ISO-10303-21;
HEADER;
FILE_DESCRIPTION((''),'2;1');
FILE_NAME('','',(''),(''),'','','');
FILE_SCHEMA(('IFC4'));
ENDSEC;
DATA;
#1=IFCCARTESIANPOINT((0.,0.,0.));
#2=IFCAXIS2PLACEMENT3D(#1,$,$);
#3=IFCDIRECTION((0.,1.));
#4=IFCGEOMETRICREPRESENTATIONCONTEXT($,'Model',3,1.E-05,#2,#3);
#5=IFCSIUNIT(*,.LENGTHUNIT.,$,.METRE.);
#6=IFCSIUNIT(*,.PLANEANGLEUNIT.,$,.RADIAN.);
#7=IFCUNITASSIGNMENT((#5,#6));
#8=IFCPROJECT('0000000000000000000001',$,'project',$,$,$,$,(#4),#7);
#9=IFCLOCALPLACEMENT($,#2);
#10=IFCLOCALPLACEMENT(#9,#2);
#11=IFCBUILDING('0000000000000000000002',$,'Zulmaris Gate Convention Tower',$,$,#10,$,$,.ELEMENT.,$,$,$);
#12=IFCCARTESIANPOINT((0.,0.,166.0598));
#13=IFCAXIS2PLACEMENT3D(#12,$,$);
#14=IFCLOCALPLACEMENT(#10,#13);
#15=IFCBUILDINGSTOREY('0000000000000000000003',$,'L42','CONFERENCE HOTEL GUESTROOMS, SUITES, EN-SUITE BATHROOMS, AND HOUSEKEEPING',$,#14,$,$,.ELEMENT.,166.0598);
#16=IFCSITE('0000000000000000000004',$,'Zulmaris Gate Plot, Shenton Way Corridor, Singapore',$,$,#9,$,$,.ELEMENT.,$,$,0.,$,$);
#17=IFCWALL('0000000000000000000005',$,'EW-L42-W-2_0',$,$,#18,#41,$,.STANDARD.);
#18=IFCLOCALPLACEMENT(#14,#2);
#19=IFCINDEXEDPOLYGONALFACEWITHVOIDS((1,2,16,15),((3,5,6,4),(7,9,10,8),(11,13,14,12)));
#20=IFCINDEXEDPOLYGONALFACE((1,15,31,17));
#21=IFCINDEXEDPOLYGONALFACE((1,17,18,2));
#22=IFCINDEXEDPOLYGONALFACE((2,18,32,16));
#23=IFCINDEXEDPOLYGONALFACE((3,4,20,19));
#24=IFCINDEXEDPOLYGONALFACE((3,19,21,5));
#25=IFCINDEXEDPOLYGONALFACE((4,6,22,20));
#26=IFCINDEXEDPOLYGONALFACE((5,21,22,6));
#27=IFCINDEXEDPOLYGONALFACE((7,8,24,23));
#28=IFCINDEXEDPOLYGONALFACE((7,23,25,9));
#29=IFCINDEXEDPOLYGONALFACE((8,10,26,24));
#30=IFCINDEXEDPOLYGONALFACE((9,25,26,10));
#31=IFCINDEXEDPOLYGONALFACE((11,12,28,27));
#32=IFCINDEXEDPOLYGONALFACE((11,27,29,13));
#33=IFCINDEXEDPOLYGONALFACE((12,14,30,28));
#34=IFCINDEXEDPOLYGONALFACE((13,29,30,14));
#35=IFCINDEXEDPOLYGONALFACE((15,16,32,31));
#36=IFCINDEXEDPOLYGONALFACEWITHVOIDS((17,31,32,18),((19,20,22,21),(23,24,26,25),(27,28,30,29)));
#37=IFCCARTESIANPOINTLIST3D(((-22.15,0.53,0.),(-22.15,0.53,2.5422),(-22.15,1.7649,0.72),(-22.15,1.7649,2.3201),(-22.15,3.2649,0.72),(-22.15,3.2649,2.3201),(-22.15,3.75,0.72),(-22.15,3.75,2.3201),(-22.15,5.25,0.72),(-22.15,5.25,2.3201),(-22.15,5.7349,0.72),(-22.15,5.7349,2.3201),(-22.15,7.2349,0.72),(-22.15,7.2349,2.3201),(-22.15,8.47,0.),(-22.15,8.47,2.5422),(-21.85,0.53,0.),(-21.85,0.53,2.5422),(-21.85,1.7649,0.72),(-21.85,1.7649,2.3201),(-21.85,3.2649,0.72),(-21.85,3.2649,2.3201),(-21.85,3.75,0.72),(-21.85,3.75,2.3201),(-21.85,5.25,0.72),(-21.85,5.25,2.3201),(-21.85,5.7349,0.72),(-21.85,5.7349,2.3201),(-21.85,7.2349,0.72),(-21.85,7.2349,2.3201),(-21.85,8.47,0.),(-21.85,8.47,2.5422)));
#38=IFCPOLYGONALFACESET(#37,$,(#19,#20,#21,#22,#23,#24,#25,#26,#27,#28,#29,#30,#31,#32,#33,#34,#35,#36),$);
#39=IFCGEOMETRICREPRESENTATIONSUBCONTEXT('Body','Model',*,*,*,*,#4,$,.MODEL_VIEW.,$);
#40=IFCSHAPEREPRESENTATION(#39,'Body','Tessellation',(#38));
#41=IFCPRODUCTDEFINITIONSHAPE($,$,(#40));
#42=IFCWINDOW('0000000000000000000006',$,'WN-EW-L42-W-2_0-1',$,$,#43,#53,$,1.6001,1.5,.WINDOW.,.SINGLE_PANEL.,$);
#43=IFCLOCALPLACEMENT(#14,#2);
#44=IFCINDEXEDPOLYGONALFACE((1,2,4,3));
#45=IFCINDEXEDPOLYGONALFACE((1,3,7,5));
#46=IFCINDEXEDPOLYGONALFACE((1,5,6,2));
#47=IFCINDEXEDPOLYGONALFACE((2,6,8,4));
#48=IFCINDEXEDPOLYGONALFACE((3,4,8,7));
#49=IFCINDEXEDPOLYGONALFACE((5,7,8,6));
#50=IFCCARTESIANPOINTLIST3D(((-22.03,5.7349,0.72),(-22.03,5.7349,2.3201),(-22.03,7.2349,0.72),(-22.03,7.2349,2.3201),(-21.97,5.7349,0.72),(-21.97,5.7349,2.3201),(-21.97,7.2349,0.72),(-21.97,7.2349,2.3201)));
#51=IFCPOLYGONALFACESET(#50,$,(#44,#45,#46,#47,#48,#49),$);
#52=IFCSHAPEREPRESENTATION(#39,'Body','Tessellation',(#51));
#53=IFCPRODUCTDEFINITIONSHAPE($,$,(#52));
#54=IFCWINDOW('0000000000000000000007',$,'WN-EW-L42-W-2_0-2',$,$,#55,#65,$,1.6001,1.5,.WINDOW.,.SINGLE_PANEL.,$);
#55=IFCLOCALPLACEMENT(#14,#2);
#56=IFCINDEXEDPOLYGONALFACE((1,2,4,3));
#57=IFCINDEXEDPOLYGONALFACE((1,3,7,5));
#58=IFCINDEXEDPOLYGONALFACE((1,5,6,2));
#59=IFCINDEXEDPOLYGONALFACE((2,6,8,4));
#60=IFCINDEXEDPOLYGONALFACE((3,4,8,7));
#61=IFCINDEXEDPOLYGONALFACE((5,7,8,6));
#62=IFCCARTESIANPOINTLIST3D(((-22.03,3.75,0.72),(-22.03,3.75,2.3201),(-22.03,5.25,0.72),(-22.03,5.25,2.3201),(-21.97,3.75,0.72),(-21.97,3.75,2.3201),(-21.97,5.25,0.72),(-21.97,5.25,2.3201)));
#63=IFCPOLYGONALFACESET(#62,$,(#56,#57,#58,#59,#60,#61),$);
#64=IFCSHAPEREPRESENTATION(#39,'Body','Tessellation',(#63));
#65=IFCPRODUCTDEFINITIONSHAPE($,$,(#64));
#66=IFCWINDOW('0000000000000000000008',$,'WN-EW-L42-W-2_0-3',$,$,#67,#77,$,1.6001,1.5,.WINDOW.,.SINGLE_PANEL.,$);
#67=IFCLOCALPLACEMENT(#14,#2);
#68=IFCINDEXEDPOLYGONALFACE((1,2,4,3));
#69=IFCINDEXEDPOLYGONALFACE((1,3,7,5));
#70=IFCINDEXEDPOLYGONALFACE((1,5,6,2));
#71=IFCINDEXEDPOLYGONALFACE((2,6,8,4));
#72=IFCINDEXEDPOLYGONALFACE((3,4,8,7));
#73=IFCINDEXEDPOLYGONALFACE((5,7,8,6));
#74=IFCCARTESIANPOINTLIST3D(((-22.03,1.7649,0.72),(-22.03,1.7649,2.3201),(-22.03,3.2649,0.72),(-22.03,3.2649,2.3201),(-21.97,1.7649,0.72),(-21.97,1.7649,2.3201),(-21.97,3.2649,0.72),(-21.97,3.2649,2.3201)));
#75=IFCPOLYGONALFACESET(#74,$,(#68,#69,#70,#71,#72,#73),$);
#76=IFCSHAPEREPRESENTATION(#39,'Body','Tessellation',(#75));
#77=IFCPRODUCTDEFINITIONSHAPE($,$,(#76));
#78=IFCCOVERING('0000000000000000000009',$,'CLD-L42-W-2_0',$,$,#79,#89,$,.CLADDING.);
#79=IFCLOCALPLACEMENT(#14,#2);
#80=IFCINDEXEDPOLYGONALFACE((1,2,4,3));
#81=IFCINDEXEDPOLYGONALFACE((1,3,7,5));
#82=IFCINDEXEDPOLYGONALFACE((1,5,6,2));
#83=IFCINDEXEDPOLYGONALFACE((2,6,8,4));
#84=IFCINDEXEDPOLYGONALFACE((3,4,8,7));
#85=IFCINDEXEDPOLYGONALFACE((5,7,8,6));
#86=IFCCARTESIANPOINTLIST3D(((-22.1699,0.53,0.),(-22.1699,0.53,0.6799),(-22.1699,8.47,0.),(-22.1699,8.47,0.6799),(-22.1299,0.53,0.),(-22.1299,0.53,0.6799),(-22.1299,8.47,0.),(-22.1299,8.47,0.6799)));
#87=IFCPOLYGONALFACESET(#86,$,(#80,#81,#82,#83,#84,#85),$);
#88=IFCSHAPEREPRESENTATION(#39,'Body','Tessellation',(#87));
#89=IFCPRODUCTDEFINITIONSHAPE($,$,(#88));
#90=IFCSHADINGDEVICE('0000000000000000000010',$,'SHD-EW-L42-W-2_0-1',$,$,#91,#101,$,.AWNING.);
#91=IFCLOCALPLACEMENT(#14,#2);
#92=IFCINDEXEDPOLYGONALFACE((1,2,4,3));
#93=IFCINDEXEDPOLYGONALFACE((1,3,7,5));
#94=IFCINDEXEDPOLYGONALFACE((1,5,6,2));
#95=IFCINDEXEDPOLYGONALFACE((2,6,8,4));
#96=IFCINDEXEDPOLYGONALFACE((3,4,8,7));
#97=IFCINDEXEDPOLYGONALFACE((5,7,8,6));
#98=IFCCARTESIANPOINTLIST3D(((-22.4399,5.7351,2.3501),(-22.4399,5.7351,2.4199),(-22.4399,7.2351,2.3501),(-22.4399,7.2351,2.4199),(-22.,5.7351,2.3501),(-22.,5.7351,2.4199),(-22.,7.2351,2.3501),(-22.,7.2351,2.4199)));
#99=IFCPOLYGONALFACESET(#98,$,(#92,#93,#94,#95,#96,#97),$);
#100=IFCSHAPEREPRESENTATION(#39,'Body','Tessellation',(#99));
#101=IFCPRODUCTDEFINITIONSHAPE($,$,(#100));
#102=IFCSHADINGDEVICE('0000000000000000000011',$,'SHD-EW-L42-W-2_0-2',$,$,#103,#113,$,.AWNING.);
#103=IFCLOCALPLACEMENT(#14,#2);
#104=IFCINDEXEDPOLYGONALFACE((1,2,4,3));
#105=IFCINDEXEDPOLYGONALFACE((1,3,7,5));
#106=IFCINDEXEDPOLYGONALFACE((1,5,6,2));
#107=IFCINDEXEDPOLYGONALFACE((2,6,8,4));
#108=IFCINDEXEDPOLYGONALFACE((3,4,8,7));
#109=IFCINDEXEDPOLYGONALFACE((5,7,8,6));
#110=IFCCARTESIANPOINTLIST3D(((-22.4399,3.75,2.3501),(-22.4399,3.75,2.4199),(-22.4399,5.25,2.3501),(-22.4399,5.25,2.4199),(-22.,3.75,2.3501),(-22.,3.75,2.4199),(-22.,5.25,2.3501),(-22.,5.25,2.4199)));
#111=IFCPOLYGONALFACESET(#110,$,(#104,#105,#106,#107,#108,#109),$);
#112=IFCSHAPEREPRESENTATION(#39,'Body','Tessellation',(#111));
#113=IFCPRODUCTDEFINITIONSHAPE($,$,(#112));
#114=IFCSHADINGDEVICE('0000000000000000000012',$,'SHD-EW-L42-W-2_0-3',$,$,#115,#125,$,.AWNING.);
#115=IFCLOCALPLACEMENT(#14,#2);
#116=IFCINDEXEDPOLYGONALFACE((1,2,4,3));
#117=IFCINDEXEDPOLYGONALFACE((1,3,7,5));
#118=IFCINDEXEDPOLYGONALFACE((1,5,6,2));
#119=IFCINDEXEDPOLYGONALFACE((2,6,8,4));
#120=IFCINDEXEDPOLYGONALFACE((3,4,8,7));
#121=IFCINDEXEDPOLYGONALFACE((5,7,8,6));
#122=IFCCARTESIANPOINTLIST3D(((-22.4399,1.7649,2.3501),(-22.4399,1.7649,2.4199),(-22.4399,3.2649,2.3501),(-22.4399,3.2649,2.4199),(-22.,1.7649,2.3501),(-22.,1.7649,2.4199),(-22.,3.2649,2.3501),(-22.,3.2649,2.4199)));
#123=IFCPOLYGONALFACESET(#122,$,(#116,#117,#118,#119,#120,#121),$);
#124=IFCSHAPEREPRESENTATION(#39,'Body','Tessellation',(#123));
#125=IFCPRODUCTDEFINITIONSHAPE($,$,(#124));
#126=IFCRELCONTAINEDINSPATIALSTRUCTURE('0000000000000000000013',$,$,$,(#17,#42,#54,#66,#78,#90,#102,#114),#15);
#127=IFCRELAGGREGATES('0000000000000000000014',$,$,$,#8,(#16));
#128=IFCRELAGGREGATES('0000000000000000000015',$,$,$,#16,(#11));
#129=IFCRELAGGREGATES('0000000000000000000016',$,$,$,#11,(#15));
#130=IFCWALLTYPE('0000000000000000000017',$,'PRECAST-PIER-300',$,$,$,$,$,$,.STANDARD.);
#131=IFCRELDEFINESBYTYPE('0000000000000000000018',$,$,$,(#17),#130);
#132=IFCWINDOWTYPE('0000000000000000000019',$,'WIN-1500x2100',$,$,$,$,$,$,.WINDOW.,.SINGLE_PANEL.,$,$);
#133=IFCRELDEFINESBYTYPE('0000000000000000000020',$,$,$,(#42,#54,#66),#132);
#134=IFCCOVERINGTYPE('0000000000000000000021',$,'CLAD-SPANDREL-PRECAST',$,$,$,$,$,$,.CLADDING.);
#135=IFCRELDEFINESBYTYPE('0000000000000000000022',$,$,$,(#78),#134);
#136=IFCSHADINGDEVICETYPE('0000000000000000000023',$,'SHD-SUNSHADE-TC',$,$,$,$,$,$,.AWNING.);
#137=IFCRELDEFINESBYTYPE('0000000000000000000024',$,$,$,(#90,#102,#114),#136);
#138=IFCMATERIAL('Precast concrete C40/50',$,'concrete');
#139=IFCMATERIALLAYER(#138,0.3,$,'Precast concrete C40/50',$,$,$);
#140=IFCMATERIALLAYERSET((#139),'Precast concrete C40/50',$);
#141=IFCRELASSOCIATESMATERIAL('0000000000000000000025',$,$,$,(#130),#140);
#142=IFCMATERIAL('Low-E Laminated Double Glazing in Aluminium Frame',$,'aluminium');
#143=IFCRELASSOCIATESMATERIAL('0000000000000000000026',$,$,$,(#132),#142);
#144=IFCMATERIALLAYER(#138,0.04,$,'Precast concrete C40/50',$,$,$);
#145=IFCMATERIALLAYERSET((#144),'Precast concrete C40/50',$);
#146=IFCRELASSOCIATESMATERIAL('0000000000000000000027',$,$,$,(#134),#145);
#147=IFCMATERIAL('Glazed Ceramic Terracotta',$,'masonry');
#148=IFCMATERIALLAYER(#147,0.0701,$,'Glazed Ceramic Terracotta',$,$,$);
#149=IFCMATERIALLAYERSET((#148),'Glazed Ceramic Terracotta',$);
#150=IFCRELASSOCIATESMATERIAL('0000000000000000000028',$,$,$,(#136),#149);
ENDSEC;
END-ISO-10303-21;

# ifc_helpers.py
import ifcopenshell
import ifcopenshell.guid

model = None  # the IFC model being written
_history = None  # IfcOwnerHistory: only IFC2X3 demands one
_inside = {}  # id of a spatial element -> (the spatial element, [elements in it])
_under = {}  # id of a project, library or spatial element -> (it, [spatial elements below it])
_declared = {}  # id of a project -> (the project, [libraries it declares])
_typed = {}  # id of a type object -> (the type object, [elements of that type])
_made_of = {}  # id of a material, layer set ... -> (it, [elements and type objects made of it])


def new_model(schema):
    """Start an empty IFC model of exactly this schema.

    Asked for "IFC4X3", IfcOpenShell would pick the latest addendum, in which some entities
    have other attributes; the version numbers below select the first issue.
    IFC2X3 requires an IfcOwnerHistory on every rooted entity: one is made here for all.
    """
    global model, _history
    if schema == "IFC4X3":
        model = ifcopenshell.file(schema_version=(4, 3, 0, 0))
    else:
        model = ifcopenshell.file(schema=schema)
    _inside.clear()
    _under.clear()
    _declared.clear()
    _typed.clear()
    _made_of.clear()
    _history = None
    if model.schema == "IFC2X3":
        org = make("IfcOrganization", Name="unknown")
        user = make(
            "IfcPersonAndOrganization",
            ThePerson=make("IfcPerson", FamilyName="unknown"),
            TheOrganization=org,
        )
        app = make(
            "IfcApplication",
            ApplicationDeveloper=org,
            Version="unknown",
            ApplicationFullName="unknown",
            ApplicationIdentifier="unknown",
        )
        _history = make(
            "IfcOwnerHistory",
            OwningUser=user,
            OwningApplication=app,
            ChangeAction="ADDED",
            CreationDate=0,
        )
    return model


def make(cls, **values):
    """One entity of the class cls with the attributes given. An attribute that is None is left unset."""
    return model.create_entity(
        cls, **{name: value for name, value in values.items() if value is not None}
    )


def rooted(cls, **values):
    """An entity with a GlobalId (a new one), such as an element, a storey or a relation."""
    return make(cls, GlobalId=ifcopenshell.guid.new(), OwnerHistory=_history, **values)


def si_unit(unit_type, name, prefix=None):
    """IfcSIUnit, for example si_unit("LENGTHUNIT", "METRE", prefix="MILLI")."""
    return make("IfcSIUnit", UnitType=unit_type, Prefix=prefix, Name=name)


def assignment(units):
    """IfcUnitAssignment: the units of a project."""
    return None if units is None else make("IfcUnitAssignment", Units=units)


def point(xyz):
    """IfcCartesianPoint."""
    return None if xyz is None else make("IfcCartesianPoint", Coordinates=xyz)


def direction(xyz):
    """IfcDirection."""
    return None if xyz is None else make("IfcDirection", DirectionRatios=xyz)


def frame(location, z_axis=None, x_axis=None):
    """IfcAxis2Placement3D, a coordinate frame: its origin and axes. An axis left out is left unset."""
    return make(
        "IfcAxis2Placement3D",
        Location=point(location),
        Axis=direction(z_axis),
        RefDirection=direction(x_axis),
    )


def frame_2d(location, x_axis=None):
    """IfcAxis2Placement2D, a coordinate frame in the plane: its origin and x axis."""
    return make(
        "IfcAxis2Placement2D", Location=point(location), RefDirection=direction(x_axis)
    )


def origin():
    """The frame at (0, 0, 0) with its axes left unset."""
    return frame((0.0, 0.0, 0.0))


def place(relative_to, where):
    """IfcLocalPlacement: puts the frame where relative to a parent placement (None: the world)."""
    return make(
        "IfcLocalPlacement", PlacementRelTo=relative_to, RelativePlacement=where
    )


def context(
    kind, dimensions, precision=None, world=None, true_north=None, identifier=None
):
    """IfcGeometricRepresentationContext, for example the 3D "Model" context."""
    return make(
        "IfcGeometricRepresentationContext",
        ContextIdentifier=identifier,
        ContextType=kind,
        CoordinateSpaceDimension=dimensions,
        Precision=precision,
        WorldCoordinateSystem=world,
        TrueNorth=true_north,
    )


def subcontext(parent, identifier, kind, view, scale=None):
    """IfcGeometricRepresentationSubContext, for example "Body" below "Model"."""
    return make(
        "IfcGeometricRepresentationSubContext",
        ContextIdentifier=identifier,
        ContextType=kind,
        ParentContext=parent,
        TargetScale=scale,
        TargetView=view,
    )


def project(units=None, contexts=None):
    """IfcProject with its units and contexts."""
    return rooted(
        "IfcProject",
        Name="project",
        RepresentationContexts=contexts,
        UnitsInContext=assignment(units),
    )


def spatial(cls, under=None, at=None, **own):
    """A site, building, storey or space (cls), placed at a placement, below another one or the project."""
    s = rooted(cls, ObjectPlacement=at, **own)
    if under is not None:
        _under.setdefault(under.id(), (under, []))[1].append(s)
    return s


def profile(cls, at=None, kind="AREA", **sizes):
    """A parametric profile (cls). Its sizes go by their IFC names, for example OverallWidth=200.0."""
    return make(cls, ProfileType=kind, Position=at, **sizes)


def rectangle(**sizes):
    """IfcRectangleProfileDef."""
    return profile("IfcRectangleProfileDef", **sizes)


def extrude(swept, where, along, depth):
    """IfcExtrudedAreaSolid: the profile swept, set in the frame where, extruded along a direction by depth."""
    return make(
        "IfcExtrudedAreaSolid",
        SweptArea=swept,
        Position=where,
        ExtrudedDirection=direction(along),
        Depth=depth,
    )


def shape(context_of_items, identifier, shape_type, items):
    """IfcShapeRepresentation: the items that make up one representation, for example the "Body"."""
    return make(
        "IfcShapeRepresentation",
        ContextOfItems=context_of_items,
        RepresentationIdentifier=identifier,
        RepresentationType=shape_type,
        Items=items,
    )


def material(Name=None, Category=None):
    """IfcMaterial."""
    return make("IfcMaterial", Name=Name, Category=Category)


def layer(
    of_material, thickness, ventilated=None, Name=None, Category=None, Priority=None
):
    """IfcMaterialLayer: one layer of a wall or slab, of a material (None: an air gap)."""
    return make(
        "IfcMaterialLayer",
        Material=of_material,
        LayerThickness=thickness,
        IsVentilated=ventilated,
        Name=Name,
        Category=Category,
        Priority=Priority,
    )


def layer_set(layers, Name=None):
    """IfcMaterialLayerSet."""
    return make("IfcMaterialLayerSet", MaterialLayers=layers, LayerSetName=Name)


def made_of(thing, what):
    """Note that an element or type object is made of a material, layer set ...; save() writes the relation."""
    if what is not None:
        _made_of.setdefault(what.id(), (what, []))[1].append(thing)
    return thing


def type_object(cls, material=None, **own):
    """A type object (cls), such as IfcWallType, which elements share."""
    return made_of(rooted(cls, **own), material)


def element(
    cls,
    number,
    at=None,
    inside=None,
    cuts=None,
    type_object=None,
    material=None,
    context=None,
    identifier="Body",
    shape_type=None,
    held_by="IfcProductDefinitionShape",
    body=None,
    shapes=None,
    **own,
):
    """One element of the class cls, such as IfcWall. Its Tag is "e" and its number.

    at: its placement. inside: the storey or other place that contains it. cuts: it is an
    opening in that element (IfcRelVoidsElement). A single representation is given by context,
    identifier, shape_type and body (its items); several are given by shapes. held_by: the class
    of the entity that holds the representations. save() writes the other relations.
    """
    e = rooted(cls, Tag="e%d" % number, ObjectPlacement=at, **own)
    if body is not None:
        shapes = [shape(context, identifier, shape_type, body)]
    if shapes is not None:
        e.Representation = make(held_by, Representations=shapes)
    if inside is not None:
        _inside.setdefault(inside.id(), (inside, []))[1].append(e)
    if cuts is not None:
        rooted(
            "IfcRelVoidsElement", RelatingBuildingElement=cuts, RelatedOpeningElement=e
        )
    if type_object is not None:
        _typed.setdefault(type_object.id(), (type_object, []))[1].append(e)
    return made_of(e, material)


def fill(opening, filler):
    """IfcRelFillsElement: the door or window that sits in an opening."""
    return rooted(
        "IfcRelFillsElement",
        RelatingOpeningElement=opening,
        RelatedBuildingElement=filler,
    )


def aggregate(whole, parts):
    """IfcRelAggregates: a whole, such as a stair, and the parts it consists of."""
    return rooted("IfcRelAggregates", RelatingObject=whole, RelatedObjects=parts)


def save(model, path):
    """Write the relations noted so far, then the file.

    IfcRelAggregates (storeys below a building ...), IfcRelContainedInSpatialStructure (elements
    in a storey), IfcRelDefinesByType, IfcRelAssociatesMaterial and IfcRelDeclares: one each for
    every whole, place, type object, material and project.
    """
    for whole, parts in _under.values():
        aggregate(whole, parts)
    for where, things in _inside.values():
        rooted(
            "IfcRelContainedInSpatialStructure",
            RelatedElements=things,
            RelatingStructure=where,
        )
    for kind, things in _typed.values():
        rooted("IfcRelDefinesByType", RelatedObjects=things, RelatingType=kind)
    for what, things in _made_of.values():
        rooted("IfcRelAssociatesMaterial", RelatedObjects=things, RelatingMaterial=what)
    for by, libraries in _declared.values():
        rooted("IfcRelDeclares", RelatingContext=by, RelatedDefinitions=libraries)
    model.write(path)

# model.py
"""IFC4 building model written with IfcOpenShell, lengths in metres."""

from ifc_helpers import new_model, si_unit, direction, frame, frame_2d, origin, place, context, subcontext, project, spatial, rectangle, extrude, material, layer, layer_set, type_object, element, fill, save


model = new_model("IFC4")

# Units and contexts
model_context = context("Model", 3, precision=1e-05, world=origin(), true_north=direction((0.0, 1.0)))
body_context = subcontext(model_context, "Body", "Model", "MODEL_VIEW")
ifc_project = project(units=[si_unit("LENGTHUNIT", "METRE"), si_unit("PLANEANGLEUNIT", "RADIAN")], contexts=[model_context])

# Site, building, storey
site_placement = place(None, origin())
site = spatial("IfcSite", under=ifc_project, at=site_placement, Name="Zulmaris Gate Plot, Shenton Way Corridor, Singapore", CompositionType="ELEMENT", RefElevation=0.0)
building_placement = place(site_placement, origin())
building = spatial("IfcBuilding", under=site, at=building_placement, Name="Zulmaris Gate Convention Tower", CompositionType="ELEMENT")
storey_placement = place(building_placement, frame((0.0, 0.0, 166.0598)))
storey = spatial("IfcBuildingStorey", under=building, at=storey_placement, Name="L42", Description="CONFERENCE HOTEL GUESTROOMS, SUITES, EN-SUITE BATHROOMS, AND HOUSEKEEPING", CompositionType="ELEMENT", Elevation=166.0598)

# Wall, openings, windows
ifc_material_1 = material(Name="Precast concrete C40/50", Category="concrete")
ifc_layer_1 = layer(ifc_material_1, 0.3, Name="Precast concrete C40/50")
ifc_layer_set_1 = layer_set([ifc_layer_1], Name="Precast concrete C40/50")
wall_type_1 = type_object("IfcWallType", Name="PRECAST-PIER-300", PredefinedType="STANDARD", material=ifc_layer_set_1)
wall_1_placement = place(storey_placement, frame((-22.0, 8.47, 0.0), z_axis=(0.0, 0.0, 1.0), x_axis=(0.0, -1.0, 0.0)))
wall_1 = element("IfcWall", 1, at=wall_1_placement, inside=storey, type_object=wall_type_1, Name="EW-L42-W-2_0", PredefinedType="STANDARD", context=body_context, shape_type="SweptSolid", body=[
    extrude(rectangle(XDim=7.9399, YDim=0.3, at=frame_2d((3.97, 0.0))), origin(), (0.0, 0.0, 1.0), 2.5422),
])
opening_1_placement = place(wall_1_placement, frame((1.2351, 0.0, 0.72)))
opening_1 = element("IfcOpeningElement", 2, at=opening_1_placement, cuts=wall_1, PredefinedType="OPENING", context=body_context, shape_type="SweptSolid", body=[
    extrude(rectangle(XDim=1.5, YDim=1.6001, at=frame_2d((0.75, 0.8))), frame((0.0, 0.1602, 0.0), z_axis=(0.0, -1.0, 0.0), x_axis=(1.0, 0.0, 0.0)), (0.0, 0.0, 1.0), 0.3201),
])
opening_2_placement = place(wall_1_placement, frame((3.22, 0.0, 0.72)))
opening_2 = element("IfcOpeningElement", 3, at=opening_2_placement, cuts=wall_1, PredefinedType="OPENING", context=body_context, shape_type="SweptSolid", body=[
    extrude(rectangle(XDim=1.5, YDim=1.6001, at=frame_2d((0.75, 0.8))), frame((0.0, 0.1602, 0.0), z_axis=(0.0, -1.0, 0.0), x_axis=(1.0, 0.0, 0.0)), (0.0, 0.0, 1.0), 0.3201),
])
opening_3_placement = place(wall_1_placement, frame((5.2051, 0.0, 0.72)))
opening_3 = element("IfcOpeningElement", 4, at=opening_3_placement, cuts=wall_1, PredefinedType="OPENING", context=body_context, shape_type="SweptSolid", body=[
    extrude(rectangle(XDim=1.5, YDim=1.6001, at=frame_2d((0.75, 0.8))), frame((0.0, 0.1602, 0.0), z_axis=(0.0, -1.0, 0.0), x_axis=(1.0, 0.0, 0.0)), (0.0, 0.0, 1.0), 0.3201),
])
ifc_material_2 = material(Name="Low-E Laminated Double Glazing in Aluminium Frame", Category="aluminium")
window_type = type_object("IfcWindowType", Name="WIN-1500x2100", PartitioningType="SINGLE_PANEL", PredefinedType="WINDOW", material=ifc_material_2)
window_1_placement = place(opening_1_placement, origin())
window_1 = element("IfcWindow", 5, at=window_1_placement, inside=storey, type_object=window_type, Name="WN-EW-L42-W-2_0-1", OverallHeight=1.6001, OverallWidth=1.5, PartitioningType="SINGLE_PANEL", PredefinedType="WINDOW", context=body_context, shape_type="SweptSolid", body=[
    extrude(rectangle(XDim=1.5, YDim=1.6001, at=frame_2d((0.75, 0.8))), frame((0.0, 0.03, 0.0), z_axis=(0.0, -1.0, 0.0), x_axis=(1.0, 0.0, 0.0)), (0.0, 0.0, 1.0), 0.0601),
])
fill(opening_1, window_1)
window_2_placement = place(opening_2_placement, origin())
window_2 = element("IfcWindow", 6, at=window_2_placement, inside=storey, type_object=window_type, Name="WN-EW-L42-W-2_0-2", OverallHeight=1.6001, OverallWidth=1.5, PartitioningType="SINGLE_PANEL", PredefinedType="WINDOW", context=body_context, shape_type="SweptSolid", body=[
    extrude(rectangle(XDim=1.5, YDim=1.6001, at=frame_2d((0.75, 0.8))), frame((0.0, 0.03, 0.0), z_axis=(0.0, -1.0, 0.0), x_axis=(1.0, 0.0, 0.0)), (0.0, 0.0, 1.0), 0.0601),
])
fill(opening_2, window_2)
window_3_placement = place(opening_3_placement, origin())
window_3 = element("IfcWindow", 7, at=window_3_placement, inside=storey, type_object=window_type, Name="WN-EW-L42-W-2_0-3", OverallHeight=1.6001, OverallWidth=1.5, PartitioningType="SINGLE_PANEL", PredefinedType="WINDOW", context=body_context, shape_type="SweptSolid", body=[
    extrude(rectangle(XDim=1.5, YDim=1.6001, at=frame_2d((0.75, 0.8))), frame((0.0, 0.03, 0.0), z_axis=(0.0, -1.0, 0.0), x_axis=(1.0, 0.0, 0.0)), (0.0, 0.0, 1.0), 0.0601),
])
fill(opening_3, window_3)

# Covering
ifc_layer_2 = layer(ifc_material_1, 0.04, Name="Precast concrete C40/50")
ifc_layer_set_2 = layer_set([ifc_layer_2], Name="Precast concrete C40/50")
covering_type = type_object("IfcCoveringType", Name="CLAD-SPANDREL-PRECAST", PredefinedType="CLADDING", material=ifc_layer_set_2)
covering_placement = place(storey_placement, frame((-22.1499, 8.47, 0.0), z_axis=(0.0, 0.0, 1.0), x_axis=(0.0, -1.0, 0.0)))
element("IfcCovering", 8, at=covering_placement, inside=storey, type_object=covering_type, Name="CLD-L42-W-2_0", PredefinedType="CLADDING", context=body_context, shape_type="SweptSolid", body=[
    extrude(rectangle(XDim=7.9399, YDim=0.04, at=frame_2d((3.97, 0.0))), origin(), (0.0, 0.0, 1.0), 0.6799),
])

# Shading devices
ifc_material_3 = material(Name="Glazed Ceramic Terracotta", Category="masonry")
ifc_layer_3 = layer(ifc_material_3, 0.0701, Name="Glazed Ceramic Terracotta")
ifc_layer_set_3 = layer_set([ifc_layer_3], Name="Glazed Ceramic Terracotta")
shading_device_type = type_object("IfcShadingDeviceType", Name="SHD-SUNSHADE-TC", PredefinedType="AWNING", material=ifc_layer_set_3)
for number, where, z_axis, x_axis, name in (
    (9, (-22.22, 7.2351, 2.3501), (0.0, 0.0, 1.0), (0.0, -1.0, 0.0), "SHD-EW-L42-W-2_0-1"),
    (10, (-22.22, 5.25, 2.3501), (0.0, 0.0, 1.0), (0.0, -1.0, 0.0), "SHD-EW-L42-W-2_0-2"),
    (11, (-22.22, 3.2649, 2.3501), (0.0, 0.0, 1.0), (0.0, -1.0, 0.0), "SHD-EW-L42-W-2_0-3"),
):
    element("IfcShadingDevice", number, at=place(storey_placement, frame(where, z_axis=z_axis, x_axis=x_axis)), inside=storey, type_object=shading_device_type, Name=name, PredefinedType="AWNING", context=body_context, shape_type="SweptSolid", body=[
        extrude(rectangle(XDim=1.5, YDim=0.4399, at=frame_2d((0.75, 0.0))), origin(), (0.0, 0.0, 1.0), 0.0698),
    ])

save(model, "model.ifc")
